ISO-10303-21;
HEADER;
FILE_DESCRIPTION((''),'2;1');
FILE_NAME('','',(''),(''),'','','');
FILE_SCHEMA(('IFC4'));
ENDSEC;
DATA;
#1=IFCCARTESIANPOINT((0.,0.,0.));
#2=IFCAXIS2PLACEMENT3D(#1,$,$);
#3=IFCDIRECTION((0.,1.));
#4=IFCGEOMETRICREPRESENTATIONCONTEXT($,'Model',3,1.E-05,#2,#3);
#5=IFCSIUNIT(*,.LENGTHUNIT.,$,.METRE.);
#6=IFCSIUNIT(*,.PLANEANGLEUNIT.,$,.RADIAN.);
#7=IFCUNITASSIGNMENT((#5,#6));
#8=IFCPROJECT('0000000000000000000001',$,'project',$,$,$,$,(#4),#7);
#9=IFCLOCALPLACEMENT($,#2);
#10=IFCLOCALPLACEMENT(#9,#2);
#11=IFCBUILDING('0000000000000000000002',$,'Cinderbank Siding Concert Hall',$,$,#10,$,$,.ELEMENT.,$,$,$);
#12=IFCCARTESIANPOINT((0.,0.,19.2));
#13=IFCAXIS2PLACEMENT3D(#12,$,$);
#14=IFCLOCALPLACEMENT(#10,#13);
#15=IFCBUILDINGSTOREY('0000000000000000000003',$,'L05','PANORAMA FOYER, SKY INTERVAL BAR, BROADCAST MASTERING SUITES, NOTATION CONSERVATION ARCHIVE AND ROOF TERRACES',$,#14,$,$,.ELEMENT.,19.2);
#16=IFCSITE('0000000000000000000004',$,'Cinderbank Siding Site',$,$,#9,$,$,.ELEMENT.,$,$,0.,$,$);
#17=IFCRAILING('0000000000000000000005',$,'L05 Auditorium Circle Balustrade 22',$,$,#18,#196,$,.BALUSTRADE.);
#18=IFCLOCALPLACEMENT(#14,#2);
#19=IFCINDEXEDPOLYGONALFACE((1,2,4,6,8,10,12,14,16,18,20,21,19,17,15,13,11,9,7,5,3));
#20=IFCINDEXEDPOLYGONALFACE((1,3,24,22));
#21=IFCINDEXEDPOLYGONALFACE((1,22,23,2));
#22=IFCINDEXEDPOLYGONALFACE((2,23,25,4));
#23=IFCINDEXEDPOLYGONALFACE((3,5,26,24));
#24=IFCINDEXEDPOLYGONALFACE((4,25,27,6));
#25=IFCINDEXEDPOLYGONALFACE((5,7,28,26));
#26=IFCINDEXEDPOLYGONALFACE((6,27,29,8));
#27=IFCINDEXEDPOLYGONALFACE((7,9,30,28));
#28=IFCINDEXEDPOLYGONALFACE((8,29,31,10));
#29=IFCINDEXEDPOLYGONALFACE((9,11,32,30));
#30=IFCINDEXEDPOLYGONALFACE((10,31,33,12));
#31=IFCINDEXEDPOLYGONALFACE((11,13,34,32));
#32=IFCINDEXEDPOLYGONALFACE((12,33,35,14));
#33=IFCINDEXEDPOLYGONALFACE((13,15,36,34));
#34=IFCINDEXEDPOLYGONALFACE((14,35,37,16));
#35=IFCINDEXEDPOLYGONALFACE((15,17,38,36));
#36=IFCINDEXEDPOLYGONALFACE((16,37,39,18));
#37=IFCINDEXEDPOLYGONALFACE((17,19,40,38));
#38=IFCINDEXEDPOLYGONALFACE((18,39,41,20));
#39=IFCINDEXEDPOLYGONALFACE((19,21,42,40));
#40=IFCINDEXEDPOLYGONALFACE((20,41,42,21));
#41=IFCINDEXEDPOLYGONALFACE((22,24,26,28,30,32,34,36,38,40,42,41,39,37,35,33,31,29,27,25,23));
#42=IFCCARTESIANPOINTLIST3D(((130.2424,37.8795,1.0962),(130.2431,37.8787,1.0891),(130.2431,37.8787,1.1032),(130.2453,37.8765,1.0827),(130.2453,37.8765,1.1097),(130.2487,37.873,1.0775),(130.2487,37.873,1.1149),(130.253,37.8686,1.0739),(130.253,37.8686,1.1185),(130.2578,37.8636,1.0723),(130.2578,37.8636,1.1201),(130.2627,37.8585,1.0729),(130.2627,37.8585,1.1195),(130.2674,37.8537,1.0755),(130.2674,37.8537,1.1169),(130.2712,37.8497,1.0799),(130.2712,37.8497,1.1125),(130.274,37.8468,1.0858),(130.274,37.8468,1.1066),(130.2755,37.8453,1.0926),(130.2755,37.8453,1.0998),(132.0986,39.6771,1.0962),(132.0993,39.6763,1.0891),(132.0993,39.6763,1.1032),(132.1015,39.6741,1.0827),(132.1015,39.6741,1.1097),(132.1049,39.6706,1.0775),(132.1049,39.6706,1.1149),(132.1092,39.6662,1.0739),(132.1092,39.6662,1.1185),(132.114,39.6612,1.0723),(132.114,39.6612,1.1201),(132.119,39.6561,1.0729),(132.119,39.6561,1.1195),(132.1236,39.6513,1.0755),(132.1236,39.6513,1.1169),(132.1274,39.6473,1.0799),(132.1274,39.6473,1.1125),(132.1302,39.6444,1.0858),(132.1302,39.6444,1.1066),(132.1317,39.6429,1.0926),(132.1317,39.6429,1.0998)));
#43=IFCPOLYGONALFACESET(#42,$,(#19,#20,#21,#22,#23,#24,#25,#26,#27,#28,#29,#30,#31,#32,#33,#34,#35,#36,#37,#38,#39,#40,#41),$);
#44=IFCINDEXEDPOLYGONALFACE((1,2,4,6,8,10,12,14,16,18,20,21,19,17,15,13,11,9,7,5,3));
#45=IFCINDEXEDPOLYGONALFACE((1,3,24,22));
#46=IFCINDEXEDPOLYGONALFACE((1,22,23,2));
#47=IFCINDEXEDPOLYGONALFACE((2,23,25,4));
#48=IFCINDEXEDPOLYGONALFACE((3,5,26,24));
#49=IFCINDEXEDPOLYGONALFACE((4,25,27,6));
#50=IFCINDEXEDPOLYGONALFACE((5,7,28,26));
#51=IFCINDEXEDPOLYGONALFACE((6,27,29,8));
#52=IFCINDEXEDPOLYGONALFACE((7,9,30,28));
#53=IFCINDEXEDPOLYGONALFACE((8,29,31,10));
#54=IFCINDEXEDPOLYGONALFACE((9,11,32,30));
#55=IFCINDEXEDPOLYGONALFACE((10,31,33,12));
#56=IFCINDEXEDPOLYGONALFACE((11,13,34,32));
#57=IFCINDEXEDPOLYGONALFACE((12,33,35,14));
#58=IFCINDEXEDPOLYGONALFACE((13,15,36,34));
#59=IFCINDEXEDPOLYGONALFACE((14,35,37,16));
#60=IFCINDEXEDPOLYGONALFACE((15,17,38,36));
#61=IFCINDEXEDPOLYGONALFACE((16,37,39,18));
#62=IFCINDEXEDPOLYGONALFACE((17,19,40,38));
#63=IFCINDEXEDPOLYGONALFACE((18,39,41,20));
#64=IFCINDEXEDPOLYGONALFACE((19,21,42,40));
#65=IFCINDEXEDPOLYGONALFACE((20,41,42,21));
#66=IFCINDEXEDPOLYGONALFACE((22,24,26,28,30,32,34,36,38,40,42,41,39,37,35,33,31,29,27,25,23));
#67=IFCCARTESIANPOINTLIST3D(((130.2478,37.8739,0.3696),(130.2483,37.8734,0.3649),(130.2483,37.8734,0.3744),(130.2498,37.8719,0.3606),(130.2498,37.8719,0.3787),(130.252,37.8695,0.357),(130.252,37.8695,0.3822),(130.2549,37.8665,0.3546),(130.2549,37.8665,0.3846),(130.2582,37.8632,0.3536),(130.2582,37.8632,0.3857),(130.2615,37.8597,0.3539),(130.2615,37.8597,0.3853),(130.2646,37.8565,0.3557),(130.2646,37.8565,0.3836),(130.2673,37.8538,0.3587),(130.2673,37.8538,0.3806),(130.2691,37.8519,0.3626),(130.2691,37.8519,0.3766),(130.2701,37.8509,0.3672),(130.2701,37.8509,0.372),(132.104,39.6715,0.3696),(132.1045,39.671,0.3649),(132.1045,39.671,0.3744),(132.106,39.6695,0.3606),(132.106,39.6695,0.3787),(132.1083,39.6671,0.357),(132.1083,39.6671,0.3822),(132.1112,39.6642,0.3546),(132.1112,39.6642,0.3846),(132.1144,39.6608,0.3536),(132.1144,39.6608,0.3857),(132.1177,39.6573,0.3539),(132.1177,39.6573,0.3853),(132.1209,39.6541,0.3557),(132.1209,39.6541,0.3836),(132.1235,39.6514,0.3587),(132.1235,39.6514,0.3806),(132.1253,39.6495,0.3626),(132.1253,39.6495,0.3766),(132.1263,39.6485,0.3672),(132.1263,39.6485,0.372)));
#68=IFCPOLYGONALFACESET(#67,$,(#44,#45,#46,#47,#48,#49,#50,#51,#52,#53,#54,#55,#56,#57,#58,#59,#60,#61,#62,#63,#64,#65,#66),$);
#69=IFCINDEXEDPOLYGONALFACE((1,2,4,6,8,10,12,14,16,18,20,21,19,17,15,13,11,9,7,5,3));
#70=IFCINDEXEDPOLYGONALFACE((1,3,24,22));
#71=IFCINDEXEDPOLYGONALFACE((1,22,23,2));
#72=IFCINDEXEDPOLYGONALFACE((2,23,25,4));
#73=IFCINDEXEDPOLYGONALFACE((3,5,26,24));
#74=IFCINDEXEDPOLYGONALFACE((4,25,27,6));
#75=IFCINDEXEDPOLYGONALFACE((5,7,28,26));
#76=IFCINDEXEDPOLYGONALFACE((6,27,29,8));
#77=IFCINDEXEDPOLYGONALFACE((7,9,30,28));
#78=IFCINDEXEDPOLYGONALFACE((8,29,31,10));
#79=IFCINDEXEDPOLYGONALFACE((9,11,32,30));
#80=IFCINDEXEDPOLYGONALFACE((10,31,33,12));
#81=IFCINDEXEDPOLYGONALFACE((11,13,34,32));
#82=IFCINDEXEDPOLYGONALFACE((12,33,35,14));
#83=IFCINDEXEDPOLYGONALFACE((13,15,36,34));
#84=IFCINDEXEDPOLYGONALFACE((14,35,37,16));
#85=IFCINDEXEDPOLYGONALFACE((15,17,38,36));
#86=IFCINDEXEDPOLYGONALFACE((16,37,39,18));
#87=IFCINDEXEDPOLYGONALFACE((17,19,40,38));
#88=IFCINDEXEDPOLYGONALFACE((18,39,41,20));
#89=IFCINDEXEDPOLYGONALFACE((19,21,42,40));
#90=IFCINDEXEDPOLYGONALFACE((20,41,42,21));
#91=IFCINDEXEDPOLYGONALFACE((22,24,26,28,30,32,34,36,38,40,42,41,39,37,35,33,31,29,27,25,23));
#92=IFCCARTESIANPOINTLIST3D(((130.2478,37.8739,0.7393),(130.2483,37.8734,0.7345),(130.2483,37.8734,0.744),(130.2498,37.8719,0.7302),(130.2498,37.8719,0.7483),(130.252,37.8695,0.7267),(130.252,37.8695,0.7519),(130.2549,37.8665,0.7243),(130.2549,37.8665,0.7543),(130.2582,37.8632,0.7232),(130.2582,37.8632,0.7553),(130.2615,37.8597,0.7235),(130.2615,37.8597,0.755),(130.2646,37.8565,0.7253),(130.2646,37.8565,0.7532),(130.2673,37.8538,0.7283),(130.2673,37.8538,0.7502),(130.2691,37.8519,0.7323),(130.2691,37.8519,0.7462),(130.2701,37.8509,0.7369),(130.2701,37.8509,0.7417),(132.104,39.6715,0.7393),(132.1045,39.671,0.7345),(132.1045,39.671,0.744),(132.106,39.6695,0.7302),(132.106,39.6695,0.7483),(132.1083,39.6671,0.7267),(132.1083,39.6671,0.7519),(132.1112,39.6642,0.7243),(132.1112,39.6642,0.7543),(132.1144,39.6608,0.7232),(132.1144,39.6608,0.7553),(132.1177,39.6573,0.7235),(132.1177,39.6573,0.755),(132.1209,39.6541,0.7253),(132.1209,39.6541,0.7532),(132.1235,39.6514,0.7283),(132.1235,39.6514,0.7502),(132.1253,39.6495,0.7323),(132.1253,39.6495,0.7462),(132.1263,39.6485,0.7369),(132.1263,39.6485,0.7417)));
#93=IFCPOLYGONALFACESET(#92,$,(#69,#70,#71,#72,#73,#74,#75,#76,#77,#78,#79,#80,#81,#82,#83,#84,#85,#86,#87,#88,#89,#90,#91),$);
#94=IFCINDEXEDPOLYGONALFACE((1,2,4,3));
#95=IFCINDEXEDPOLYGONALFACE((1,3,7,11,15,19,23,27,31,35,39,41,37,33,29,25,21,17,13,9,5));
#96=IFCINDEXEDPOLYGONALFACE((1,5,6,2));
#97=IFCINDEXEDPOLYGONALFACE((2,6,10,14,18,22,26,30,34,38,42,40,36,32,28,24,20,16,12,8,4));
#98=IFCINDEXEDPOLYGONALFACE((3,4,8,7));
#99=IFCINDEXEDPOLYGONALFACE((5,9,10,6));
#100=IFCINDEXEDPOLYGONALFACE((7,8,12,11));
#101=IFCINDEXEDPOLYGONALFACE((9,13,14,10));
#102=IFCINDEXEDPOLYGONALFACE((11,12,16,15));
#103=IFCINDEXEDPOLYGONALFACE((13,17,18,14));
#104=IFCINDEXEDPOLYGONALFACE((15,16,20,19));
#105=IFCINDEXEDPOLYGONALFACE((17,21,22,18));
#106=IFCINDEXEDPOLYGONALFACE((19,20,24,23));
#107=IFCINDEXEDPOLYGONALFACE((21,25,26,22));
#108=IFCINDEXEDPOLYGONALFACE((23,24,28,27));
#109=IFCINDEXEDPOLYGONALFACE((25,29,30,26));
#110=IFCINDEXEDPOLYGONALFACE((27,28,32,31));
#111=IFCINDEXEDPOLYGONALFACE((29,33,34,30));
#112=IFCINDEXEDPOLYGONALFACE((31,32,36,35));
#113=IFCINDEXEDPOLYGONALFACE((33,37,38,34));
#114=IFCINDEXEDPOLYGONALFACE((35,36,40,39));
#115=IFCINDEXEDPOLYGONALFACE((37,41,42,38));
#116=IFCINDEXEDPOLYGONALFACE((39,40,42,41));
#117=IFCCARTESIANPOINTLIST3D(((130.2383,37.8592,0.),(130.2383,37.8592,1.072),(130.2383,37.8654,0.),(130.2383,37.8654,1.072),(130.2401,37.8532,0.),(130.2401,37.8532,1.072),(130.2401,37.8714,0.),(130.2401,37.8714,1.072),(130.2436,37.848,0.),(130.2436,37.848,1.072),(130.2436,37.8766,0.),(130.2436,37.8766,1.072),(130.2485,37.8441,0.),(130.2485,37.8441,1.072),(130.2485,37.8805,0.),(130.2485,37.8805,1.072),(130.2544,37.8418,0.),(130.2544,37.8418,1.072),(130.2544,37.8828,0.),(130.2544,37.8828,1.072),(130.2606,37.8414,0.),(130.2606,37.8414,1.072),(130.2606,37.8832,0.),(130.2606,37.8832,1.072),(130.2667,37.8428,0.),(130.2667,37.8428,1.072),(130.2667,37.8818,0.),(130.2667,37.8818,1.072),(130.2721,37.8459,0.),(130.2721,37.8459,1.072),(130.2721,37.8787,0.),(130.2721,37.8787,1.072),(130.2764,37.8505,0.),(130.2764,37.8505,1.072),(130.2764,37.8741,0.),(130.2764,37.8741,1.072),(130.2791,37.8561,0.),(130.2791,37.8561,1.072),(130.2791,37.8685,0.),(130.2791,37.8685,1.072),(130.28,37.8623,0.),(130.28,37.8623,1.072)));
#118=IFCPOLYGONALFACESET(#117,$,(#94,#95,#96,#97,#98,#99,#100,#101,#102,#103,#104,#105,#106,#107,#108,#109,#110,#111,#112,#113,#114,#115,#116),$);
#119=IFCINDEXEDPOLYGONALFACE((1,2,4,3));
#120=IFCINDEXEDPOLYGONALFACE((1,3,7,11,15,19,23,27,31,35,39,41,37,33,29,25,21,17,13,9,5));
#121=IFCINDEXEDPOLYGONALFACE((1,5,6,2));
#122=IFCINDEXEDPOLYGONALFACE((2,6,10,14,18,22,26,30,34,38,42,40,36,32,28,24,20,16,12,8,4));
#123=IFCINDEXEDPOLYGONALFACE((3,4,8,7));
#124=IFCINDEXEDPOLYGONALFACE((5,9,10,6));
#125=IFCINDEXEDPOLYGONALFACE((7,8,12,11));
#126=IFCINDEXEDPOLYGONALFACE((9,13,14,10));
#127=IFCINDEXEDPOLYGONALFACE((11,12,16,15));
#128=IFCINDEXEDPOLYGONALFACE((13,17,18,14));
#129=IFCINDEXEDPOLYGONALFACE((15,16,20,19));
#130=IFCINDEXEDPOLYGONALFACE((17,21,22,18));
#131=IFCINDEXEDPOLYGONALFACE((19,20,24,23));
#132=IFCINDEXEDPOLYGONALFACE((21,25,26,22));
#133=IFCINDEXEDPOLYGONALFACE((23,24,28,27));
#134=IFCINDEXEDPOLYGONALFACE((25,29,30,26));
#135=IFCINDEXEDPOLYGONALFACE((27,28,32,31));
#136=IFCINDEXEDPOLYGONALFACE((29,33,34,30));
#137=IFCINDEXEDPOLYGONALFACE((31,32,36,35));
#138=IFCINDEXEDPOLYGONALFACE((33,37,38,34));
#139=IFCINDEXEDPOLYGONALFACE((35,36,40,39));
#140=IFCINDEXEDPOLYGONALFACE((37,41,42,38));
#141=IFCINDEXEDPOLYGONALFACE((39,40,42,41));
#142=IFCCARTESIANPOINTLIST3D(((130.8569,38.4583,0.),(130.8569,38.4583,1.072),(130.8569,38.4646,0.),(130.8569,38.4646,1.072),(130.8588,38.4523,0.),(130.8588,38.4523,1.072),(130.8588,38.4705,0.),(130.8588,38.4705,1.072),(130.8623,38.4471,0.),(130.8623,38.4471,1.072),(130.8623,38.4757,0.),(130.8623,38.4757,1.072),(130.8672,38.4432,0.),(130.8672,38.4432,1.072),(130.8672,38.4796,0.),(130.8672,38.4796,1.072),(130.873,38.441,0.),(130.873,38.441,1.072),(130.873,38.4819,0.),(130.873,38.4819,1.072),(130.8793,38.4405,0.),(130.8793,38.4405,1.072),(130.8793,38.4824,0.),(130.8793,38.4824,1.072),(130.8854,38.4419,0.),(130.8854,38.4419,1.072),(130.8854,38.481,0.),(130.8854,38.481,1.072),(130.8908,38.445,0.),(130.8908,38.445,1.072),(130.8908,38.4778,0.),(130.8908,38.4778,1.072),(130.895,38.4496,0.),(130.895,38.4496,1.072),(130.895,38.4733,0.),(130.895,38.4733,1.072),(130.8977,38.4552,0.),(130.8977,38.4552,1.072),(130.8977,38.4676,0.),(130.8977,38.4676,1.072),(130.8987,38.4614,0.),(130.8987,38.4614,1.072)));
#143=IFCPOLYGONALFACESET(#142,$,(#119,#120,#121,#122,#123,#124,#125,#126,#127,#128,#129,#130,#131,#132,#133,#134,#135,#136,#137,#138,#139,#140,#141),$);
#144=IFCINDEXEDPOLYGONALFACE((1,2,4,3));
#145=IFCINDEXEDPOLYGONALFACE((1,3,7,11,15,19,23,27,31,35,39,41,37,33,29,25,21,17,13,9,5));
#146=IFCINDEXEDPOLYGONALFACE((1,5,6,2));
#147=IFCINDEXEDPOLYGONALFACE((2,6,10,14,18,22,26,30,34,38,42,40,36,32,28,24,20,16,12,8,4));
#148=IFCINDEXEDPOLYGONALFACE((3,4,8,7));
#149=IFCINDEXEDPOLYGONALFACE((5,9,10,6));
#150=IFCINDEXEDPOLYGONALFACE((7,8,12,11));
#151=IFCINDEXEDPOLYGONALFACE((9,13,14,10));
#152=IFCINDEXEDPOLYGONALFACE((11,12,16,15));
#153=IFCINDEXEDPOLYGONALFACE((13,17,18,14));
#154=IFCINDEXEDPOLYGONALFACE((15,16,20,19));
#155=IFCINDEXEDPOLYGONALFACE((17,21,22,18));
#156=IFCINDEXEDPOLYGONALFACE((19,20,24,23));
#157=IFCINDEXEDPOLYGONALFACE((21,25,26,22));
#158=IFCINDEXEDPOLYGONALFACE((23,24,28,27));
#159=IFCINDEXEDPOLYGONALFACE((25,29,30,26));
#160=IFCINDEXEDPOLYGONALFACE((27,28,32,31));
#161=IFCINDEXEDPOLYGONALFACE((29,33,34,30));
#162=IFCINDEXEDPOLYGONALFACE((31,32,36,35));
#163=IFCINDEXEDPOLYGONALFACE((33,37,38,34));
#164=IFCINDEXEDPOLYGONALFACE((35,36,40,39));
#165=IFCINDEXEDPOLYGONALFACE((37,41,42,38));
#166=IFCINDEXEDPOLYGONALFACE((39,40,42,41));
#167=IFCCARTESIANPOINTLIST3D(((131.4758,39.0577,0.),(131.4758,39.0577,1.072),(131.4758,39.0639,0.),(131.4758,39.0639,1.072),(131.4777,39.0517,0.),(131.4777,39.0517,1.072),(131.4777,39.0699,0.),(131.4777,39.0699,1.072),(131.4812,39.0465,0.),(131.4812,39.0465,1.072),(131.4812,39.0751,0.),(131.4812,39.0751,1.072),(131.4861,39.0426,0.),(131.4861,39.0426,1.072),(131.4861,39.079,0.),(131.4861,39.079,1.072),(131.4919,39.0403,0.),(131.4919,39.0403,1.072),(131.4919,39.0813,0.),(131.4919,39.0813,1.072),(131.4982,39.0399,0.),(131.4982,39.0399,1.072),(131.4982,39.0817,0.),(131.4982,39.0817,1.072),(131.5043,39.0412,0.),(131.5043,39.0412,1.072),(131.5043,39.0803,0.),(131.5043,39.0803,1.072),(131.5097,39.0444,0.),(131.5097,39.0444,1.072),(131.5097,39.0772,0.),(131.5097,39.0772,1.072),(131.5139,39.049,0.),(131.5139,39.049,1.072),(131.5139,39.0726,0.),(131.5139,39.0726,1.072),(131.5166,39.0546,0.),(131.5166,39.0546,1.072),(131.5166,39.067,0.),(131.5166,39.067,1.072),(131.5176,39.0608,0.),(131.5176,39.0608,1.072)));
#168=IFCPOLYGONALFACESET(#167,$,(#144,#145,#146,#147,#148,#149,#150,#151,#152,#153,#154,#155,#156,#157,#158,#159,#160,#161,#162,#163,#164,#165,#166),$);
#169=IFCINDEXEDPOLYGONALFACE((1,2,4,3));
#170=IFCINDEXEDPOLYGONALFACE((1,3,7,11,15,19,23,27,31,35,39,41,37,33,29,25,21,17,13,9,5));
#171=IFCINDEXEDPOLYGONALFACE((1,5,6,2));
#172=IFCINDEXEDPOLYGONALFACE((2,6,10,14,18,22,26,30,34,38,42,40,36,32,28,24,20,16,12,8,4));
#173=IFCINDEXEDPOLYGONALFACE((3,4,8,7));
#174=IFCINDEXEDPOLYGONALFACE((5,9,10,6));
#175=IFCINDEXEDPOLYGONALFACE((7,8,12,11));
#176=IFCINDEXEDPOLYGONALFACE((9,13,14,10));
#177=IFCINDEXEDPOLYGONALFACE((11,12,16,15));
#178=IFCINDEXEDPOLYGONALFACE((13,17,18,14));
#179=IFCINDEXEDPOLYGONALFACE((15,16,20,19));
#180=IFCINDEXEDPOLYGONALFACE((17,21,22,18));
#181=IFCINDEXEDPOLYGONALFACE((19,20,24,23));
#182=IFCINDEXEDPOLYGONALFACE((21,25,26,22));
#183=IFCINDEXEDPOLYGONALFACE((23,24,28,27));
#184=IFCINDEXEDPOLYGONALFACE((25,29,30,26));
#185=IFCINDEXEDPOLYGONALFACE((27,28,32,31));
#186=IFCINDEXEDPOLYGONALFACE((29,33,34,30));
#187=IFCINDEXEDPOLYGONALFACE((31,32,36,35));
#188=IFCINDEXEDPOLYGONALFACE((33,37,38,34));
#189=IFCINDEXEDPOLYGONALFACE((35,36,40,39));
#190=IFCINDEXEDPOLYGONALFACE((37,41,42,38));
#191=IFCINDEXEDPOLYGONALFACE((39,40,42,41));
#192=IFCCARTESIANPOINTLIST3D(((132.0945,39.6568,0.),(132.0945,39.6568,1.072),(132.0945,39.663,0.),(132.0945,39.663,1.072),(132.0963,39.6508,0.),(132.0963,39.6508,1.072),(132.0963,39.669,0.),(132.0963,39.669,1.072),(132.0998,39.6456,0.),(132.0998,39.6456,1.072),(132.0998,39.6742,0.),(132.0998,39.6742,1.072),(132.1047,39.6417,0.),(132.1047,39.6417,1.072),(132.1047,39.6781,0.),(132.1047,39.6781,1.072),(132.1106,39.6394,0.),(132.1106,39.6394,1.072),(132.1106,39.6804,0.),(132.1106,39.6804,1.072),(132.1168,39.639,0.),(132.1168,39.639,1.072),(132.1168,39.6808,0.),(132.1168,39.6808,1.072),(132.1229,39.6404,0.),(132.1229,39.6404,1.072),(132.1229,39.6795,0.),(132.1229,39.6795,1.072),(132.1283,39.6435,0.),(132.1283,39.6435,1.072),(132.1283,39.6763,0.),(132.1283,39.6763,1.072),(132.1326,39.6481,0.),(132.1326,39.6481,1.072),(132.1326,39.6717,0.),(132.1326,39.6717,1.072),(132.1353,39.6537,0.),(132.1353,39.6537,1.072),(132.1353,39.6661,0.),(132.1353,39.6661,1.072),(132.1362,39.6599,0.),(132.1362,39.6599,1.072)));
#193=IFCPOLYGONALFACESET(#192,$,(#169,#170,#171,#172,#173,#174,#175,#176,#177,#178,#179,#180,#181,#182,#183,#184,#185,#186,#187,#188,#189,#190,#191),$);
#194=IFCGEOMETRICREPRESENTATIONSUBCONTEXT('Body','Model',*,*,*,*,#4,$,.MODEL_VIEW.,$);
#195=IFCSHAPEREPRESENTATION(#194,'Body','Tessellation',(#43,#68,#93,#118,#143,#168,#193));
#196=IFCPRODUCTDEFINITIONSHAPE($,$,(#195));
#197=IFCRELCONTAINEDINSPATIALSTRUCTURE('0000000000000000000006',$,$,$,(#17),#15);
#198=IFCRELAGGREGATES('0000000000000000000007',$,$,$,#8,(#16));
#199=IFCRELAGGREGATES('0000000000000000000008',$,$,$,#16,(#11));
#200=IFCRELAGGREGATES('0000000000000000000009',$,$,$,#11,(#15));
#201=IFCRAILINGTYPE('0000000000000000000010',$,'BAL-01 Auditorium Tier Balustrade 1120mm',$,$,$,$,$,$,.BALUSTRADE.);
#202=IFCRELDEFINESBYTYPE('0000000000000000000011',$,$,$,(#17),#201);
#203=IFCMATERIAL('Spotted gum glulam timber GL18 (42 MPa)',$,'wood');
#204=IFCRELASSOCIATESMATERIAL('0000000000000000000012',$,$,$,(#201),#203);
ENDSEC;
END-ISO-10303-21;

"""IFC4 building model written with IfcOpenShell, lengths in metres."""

from ifc_helpers import new_model, si_unit, direction, frame, origin, origin_2d, place, context, subcontext, project, spatial, circle, extrude, material, type_object, element, save


model = new_model("IFC4")

# Units and contexts
model_context = context("Model", 3, precision=1e-05, world=origin(), true_north=direction((0.0, 1.0)))
body_context = subcontext(model_context, "Body", "Model", "MODEL_VIEW")
ifc_project = project(units=[si_unit("LENGTHUNIT", "METRE"), si_unit("PLANEANGLEUNIT", "RADIAN")], contexts=[model_context])

# Site, building, storey
site_placement = place(None, origin())
site = spatial("IfcSite", under=ifc_project, at=site_placement, Name="Cinderbank Siding Site", CompositionType="ELEMENT", RefElevation=0.0)
building_placement = place(site_placement, origin())
building = spatial("IfcBuilding", under=site, at=building_placement, Name="Cinderbank Siding Concert Hall", CompositionType="ELEMENT")
storey_placement = place(building_placement, frame((0.0, 0.0, 19.2)))
storey = spatial("IfcBuildingStorey", under=building, at=storey_placement, Name="L05", Description="PANORAMA FOYER, SKY INTERVAL BAR, BROADCAST MASTERING SUITES, NOTATION CONSERVATION ARCHIVE AND ROOF TERRACES", CompositionType="ELEMENT", Elevation=19.2)

# Railing
ifc_material_1 = material(Name="Spotted gum glulam timber GL18 (42 MPa)", Category="wood")
railing_type = type_object("IfcRailingType", Name="BAL-01 Auditorium Tier Balustrade 1120mm", PredefinedType="BALUSTRADE", material=ifc_material_1)
railing_1_placement = place(storey_placement, frame((130.259, 37.8623, 0.0)))
element("IfcRailing", 1, at=railing_1_placement, inside=storey, type_object=railing_type, Name="L05 Auditorium Circle Balustrade 22", PredefinedType="BALUSTRADE", context=body_context, shape_type="SweptSolid", body=[
    extrude(circle(Radius=0.0239, at=origin_2d()), frame((0.0, 0.0, 1.0962), z_axis=(0.718354, 0.695678, 0.0), x_axis=(-0.695678, 0.718354, 0.0)), (0.0, 0.0, 1.0), 2.584),
    extrude(circle(Radius=0.0161, at=origin_2d()), frame((0.0, 0.0, 0.3696), z_axis=(0.718354, 0.695678, 0.0), x_axis=(-0.695678, 0.718354, 0.0)), (0.0, 0.0, 1.0), 2.584),
    extrude(circle(Radius=0.0161, at=origin_2d()), frame((0.0, 0.0, 0.7393), z_axis=(0.718354, 0.695678, 0.0), x_axis=(-0.695678, 0.718354, 0.0)), (0.0, 0.0, 1.0), 2.584),
    extrude(circle(Radius=0.021, at=origin_2d()), origin(), (0.0, 0.0, 1.0), 1.072),
    extrude(circle(Radius=0.021, at=origin_2d()), frame((0.6187, 0.5991, 0.0)), (0.0, 0.0, 1.0), 1.072),
    extrude(circle(Radius=0.021, at=origin_2d()), frame((1.2375, 1.1985, 0.0)), (0.0, 0.0, 1.0), 1.072),
    extrude(circle(Radius=0.021, at=origin_2d()), frame((1.8562, 1.7976, 0.0)), (0.0, 0.0, 1.0), 1.072),
])

save(model, "model.ifc")
